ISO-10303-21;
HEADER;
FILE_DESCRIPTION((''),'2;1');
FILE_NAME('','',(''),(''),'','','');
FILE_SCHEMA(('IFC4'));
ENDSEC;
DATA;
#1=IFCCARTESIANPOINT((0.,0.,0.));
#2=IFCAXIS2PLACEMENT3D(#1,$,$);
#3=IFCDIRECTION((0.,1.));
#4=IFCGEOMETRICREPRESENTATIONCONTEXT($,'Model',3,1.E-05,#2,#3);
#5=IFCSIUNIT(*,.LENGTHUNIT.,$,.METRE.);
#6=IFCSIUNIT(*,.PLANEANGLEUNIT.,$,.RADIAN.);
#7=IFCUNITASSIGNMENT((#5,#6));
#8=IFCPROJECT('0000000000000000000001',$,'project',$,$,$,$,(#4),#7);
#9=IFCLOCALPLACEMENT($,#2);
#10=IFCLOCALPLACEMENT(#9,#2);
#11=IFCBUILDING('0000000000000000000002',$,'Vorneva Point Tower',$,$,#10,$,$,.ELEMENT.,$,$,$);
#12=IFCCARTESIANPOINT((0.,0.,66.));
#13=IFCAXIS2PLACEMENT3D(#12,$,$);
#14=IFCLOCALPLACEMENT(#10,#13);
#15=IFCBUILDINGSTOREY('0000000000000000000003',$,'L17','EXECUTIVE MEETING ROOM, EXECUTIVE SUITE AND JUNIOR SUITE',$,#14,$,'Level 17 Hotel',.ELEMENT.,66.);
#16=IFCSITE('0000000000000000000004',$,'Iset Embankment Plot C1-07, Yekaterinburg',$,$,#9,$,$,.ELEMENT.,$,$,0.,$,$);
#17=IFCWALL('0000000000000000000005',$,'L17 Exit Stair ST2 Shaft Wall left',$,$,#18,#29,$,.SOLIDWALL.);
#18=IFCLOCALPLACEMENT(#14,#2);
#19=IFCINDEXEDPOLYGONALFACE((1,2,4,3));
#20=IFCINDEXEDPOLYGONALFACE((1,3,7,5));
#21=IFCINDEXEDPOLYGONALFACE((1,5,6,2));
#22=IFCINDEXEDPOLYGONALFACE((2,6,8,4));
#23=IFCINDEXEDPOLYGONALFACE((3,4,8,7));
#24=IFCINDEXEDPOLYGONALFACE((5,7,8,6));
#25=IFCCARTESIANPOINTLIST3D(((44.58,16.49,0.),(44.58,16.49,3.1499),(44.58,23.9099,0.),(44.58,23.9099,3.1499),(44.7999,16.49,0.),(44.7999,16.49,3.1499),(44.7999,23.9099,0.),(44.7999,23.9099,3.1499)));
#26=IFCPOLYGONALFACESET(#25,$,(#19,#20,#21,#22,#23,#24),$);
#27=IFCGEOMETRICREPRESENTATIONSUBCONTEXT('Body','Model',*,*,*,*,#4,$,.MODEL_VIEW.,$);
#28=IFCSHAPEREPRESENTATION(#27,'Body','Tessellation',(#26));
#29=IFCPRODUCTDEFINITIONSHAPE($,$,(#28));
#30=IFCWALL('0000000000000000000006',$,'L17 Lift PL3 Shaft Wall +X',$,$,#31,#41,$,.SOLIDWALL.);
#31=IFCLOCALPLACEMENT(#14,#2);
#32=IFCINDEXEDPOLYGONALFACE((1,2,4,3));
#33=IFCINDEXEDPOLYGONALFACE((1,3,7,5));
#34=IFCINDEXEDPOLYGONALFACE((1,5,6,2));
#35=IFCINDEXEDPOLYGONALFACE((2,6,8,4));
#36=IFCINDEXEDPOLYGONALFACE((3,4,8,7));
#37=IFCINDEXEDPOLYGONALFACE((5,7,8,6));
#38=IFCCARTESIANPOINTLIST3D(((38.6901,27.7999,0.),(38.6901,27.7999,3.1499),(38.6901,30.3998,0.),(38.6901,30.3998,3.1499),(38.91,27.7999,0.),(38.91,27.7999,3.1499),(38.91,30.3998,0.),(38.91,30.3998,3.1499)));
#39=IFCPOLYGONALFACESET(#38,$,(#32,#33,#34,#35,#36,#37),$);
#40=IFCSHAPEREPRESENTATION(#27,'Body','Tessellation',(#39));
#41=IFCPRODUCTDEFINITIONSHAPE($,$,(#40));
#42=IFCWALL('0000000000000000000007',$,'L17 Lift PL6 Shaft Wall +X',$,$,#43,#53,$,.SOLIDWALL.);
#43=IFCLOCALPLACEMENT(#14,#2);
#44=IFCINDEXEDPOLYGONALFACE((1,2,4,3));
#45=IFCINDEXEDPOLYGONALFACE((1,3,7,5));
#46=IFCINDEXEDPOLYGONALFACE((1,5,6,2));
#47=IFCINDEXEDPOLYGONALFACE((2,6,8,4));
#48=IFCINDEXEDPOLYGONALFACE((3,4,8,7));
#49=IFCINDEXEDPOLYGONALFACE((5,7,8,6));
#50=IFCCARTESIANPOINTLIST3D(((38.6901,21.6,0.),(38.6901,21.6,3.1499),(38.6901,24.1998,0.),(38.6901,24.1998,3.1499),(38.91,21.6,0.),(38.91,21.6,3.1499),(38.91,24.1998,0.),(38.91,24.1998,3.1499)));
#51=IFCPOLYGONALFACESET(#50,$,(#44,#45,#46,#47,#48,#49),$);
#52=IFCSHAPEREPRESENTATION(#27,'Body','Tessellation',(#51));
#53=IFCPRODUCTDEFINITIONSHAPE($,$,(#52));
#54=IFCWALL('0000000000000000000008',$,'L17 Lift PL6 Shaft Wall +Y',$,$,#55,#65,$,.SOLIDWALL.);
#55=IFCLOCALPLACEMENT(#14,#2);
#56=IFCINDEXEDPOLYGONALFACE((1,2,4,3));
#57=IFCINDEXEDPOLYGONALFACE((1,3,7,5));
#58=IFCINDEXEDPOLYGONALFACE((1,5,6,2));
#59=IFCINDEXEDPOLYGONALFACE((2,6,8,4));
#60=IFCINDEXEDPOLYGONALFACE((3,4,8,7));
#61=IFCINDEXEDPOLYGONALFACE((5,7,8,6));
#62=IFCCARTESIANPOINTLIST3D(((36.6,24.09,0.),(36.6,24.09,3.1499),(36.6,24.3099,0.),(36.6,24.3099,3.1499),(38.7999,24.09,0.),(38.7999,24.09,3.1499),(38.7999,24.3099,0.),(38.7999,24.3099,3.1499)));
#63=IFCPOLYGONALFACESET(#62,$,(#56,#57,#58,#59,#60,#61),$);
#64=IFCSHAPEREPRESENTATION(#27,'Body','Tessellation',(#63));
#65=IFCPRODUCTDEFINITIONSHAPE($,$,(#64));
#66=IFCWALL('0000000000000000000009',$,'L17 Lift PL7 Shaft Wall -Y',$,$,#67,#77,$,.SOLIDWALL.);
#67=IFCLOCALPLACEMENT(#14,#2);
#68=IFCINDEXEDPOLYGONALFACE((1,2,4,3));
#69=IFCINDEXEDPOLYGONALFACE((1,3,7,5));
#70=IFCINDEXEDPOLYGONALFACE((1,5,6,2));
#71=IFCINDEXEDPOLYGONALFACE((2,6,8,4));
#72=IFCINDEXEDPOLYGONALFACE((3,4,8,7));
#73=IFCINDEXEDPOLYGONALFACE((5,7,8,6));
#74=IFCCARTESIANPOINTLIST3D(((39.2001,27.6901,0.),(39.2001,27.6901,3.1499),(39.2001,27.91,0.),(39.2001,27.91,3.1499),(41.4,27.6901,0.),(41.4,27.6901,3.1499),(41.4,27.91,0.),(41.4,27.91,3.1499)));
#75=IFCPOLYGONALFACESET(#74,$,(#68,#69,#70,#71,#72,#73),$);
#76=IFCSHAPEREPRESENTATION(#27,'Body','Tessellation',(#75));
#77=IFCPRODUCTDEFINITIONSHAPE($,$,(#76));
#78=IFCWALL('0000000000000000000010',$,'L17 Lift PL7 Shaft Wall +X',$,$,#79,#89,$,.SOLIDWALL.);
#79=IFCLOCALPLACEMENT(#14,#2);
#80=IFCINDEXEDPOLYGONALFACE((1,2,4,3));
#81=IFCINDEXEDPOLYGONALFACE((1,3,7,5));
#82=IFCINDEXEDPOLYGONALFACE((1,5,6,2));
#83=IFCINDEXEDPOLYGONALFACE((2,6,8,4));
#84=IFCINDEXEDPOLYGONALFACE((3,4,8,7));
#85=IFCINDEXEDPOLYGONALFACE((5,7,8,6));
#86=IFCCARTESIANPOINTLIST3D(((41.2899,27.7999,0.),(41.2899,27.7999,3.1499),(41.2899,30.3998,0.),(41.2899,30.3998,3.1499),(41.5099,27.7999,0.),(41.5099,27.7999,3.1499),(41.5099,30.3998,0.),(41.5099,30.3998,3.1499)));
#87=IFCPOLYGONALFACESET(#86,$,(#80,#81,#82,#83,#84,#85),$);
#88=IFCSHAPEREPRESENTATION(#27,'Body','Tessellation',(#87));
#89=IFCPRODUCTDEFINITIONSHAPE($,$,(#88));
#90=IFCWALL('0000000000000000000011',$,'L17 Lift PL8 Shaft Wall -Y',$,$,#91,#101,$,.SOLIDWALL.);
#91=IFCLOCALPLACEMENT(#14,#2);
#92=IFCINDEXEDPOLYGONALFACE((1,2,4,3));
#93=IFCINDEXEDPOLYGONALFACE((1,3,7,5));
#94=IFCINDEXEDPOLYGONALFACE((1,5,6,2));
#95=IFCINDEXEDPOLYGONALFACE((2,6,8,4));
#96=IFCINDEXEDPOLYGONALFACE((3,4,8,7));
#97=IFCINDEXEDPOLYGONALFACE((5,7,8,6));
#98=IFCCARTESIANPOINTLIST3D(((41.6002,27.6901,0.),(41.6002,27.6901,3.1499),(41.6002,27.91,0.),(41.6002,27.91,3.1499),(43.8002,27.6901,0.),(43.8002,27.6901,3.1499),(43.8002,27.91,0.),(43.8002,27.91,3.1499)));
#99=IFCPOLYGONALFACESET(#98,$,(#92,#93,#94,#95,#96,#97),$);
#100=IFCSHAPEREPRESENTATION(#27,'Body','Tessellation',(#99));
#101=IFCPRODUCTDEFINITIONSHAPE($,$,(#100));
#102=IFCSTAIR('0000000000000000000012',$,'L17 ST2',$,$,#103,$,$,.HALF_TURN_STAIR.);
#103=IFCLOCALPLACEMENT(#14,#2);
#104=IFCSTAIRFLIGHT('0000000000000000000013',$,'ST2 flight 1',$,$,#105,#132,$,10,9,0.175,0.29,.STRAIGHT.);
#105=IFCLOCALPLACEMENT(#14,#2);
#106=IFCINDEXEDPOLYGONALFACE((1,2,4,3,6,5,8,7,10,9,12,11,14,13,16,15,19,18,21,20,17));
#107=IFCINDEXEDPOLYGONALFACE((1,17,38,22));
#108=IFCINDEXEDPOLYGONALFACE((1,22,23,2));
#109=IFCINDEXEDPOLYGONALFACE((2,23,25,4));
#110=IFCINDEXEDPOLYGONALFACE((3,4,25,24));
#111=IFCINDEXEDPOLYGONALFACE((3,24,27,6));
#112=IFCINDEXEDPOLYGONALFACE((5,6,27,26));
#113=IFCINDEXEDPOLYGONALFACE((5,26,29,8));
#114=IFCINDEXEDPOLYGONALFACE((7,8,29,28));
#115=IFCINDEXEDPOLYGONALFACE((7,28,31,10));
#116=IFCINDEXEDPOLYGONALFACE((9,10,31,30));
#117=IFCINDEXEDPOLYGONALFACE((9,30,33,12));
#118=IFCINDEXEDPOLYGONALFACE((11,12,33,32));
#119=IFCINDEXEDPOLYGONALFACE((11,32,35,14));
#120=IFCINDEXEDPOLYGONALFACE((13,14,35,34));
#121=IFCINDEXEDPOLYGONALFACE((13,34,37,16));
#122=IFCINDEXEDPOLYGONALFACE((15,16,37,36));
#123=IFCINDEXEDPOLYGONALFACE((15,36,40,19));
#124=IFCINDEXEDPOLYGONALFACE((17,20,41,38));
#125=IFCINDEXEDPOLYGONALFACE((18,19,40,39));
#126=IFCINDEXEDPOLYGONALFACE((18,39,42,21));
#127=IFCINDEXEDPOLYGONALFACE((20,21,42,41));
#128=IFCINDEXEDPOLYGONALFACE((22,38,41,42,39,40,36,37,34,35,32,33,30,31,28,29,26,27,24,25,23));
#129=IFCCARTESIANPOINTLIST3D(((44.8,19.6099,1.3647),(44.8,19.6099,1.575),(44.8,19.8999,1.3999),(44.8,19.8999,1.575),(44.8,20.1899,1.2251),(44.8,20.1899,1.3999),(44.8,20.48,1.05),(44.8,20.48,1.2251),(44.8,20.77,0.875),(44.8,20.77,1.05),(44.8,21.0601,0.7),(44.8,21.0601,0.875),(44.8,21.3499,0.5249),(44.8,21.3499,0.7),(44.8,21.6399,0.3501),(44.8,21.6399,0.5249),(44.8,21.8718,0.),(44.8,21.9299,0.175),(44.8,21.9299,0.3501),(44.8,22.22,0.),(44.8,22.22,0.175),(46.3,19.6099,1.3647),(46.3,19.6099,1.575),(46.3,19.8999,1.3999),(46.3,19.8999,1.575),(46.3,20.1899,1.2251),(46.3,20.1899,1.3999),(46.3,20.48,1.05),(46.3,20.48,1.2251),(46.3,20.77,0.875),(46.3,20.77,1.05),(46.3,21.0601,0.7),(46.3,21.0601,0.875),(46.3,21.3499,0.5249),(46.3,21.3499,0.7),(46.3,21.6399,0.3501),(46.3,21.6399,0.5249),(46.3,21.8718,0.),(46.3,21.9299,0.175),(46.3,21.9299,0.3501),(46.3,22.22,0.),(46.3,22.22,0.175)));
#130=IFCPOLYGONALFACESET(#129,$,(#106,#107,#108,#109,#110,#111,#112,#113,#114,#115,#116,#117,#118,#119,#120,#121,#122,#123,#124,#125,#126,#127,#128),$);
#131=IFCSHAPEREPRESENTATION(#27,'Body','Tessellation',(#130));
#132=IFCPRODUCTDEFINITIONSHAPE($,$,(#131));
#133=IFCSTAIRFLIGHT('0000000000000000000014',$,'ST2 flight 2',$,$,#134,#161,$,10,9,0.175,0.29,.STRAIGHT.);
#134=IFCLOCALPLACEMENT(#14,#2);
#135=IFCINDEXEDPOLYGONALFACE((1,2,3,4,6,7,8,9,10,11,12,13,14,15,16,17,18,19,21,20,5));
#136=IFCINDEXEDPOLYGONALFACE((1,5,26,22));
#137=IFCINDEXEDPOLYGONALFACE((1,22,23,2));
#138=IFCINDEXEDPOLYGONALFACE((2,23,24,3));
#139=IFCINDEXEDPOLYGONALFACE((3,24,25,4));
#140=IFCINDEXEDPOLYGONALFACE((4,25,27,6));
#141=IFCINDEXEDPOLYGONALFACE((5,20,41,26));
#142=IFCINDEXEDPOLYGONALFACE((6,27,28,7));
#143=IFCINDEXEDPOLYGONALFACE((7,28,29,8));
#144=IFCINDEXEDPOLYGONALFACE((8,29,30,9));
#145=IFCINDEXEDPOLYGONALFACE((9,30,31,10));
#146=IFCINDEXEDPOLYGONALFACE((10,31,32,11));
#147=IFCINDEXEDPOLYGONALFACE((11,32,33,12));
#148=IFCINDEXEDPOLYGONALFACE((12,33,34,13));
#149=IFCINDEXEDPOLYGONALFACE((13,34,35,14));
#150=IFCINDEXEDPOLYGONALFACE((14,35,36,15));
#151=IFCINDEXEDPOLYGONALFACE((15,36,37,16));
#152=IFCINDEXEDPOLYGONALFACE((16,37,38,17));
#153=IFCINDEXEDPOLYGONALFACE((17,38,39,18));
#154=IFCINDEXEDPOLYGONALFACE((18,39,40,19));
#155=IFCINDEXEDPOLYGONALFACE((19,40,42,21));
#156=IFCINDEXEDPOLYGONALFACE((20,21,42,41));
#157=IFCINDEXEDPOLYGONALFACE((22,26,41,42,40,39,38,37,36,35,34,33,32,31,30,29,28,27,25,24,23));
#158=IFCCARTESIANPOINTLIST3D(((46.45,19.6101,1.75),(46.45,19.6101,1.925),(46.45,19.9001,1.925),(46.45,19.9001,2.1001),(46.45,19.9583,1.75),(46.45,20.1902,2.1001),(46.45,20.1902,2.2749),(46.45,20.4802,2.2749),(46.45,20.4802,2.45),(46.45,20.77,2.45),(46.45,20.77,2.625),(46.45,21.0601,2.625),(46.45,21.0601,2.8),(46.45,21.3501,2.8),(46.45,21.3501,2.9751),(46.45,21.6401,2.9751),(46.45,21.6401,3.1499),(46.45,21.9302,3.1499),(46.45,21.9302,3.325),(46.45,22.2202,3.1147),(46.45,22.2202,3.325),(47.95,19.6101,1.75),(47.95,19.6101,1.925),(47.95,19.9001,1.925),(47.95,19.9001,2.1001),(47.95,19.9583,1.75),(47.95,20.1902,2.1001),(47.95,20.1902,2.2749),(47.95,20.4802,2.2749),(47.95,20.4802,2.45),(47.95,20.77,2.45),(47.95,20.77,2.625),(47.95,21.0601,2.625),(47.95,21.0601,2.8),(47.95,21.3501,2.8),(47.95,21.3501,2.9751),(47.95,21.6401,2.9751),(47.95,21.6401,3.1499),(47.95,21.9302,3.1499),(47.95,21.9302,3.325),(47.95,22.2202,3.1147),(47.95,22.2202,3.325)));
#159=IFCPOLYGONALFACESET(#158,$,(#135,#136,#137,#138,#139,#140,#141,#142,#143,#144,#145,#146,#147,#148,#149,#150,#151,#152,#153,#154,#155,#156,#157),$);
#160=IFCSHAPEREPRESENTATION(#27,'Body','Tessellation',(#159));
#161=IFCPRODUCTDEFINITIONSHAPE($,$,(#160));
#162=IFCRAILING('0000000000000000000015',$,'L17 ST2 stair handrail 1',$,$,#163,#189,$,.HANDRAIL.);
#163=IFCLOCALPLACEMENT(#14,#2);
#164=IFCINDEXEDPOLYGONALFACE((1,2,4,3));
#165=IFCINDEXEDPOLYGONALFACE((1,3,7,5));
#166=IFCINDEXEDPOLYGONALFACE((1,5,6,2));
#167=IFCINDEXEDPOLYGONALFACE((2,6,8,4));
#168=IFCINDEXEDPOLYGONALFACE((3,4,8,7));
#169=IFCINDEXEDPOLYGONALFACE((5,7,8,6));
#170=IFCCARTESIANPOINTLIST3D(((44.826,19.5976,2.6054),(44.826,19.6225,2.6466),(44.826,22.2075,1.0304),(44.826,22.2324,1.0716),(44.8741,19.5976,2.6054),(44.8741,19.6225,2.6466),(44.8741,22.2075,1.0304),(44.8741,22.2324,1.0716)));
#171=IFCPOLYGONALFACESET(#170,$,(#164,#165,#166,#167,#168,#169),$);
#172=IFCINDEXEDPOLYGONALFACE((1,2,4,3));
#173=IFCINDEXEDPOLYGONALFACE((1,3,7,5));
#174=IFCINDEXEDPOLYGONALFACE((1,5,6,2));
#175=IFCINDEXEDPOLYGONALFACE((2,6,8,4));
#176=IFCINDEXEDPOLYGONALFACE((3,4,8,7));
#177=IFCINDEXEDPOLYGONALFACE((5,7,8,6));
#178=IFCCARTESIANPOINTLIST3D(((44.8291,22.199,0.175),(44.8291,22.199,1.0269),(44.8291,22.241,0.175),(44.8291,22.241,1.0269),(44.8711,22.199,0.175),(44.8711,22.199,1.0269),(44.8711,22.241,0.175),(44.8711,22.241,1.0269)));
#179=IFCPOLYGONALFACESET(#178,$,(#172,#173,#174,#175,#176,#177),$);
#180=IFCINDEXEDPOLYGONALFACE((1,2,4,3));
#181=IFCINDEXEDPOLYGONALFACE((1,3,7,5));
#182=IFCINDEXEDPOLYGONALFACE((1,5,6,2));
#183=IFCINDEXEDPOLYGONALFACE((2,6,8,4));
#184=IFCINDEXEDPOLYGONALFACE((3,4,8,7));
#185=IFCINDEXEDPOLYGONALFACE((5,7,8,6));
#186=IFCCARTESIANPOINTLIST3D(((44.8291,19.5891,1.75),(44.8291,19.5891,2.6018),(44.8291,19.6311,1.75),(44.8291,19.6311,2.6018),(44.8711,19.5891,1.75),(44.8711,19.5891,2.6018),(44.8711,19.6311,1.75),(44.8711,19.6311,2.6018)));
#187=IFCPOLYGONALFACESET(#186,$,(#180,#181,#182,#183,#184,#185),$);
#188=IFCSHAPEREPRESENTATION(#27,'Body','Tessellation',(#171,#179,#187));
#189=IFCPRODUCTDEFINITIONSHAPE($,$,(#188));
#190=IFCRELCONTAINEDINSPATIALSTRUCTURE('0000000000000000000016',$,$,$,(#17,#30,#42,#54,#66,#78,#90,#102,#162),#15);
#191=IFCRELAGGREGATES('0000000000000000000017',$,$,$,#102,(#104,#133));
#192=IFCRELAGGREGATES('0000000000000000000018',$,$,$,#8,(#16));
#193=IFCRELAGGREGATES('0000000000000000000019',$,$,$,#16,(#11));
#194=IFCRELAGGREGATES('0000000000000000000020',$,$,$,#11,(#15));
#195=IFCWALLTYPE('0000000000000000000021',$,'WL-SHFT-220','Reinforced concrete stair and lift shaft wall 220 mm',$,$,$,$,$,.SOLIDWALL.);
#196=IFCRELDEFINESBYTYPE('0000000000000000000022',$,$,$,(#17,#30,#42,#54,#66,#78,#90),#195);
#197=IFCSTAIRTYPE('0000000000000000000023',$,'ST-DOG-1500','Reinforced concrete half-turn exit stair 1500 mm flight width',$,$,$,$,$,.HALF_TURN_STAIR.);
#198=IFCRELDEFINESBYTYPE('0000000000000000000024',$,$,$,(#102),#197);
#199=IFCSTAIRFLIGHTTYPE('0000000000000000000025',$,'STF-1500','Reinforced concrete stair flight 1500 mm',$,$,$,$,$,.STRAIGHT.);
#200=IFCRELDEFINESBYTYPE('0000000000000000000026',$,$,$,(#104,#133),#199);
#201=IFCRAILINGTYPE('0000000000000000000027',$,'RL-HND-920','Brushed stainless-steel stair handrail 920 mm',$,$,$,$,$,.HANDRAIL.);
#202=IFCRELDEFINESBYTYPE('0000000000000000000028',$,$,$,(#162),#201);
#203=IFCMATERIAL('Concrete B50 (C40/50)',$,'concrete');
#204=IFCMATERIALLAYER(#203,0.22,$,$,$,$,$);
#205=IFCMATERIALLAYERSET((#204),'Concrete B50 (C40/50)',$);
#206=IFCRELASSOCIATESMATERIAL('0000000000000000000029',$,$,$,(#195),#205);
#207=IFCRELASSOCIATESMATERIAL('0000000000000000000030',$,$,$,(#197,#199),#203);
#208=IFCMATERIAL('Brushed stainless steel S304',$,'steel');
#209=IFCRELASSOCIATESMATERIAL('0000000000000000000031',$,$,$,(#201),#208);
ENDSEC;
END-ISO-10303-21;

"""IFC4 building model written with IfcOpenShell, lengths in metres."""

from ifc_helpers import new_model, si_unit, direction, frame, frame_2d, origin, origin_2d, place, context, subcontext, project, spatial, polyline, rectangle, outline, extrude, material, layer, layer_set, type_object, element, aggregate, save


model = new_model("IFC4")

# Units and contexts
model_context = context("Model", 3, precision=1e-05, world=origin(), true_north=direction((0.0, 1.0)))
body_context = subcontext(model_context, "Body", "Model", "MODEL_VIEW")
ifc_project = project(units=[si_unit("LENGTHUNIT", "METRE"), si_unit("PLANEANGLEUNIT", "RADIAN")], contexts=[model_context])

# Site, building, storey
site_placement = place(None, origin())
site = spatial("IfcSite", under=ifc_project, at=site_placement, Name="Iset Embankment Plot C1-07, Yekaterinburg", CompositionType="ELEMENT", RefElevation=0.0)
building_placement = place(site_placement, origin())
building = spatial("IfcBuilding", under=site, at=building_placement, Name="Vorneva Point Tower", CompositionType="ELEMENT")
storey_placement = place(building_placement, frame((0.0, 0.0, 66.0)))
storey = spatial("IfcBuildingStorey", under=building, at=storey_placement, Name="L17", Description="EXECUTIVE MEETING ROOM, EXECUTIVE SUITE AND JUNIOR SUITE", LongName="Level 17 Hotel", CompositionType="ELEMENT", Elevation=66.0)

# Shared definitions
ifc_material_1 = material(Name="Concrete B50 (C40/50)", Category="concrete")
ifc_layer_1 = layer(ifc_material_1, 0.22)
ifc_layer_set_1 = layer_set([ifc_layer_1], Name="Concrete B50 (C40/50)")
wall_type_1 = type_object("IfcWallType", Name="WL-SHFT-220", Description="Reinforced concrete stair and lift shaft wall 220 mm", PredefinedType="SOLIDWALL", material=ifc_layer_set_1)

# Walls
wall_1_placement = place(storey_placement, frame((44.6899, 16.49, 0.0), z_axis=(0.0, 0.0, 1.0), x_axis=(0.0, 1.0, 0.0)))
element("IfcWall", 1, at=wall_1_placement, inside=storey, type_object=wall_type_1, Name="L17 Exit Stair ST2 Shaft Wall left", PredefinedType="SOLIDWALL", context=body_context, shape_type="SweptSolid", body=[
    extrude(rectangle(XDim=7.4199, YDim=0.22, at=frame_2d((3.71, 0.0))), origin(), (0.0, 0.0, 1.0), 3.1499),
])
for number, where, z_axis, x_axis, name in (
    (2, (38.8, 27.8, 0.0), (0.0, 0.0, 1.0), (0.0, 1.0, 0.0), "L17 Lift PL3 Shaft Wall +X"),
    (3, (38.8, 21.6001, 0.0), (0.0, 0.0, 1.0), (0.0, 1.0, 0.0), "L17 Lift PL6 Shaft Wall +X"),
):
    element("IfcWall", number, at=place(storey_placement, frame(where, z_axis=z_axis, x_axis=x_axis)), inside=storey, type_object=wall_type_1, Name=name, PredefinedType="SOLIDWALL", context=body_context, shape_type="SweptSolid", body=[
        extrude(rectangle(XDim=2.5999, YDim=0.22, at=frame_2d((1.2998, 0.0))), origin(), (0.0, 0.0, 1.0), 3.1499),
    ])
for number, where, z_axis, x_axis, name in (
    (4, (38.8, 24.2, 0.0), (0.0, 0.0, 1.0), (-1.0, 0.0, 0.0), "L17 Lift PL6 Shaft Wall +Y"),
    (5, (39.2, 27.8, 0.0), (0.0, 0.0, 1.0), (1.0, 0.0, 0.0), "L17 Lift PL7 Shaft Wall -Y"),
):
    element("IfcWall", number, at=place(storey_placement, frame(where, z_axis=z_axis, x_axis=x_axis)), inside=storey, type_object=wall_type_1, Name=name, PredefinedType="SOLIDWALL", context=body_context, shape_type="SweptSolid", body=[
        extrude(rectangle(XDim=2.2, YDim=0.22, at=frame_2d((1.1001, 0.0))), origin(), (0.0, 0.0, 1.0), 3.1499),
    ])
wall_2_placement = place(storey_placement, frame((41.3999, 27.8, 0.0), z_axis=(0.0, 0.0, 1.0), x_axis=(0.0, 1.0, 0.0)))
element("IfcWall", 6, at=wall_2_placement, inside=storey, type_object=wall_type_1, Name="L17 Lift PL7 Shaft Wall +X", PredefinedType="SOLIDWALL", context=body_context, shape_type="SweptSolid", body=[
    extrude(rectangle(XDim=2.5999, YDim=0.22, at=frame_2d((1.2998, 0.0))), origin(), (0.0, 0.0, 1.0), 3.1499),
])
wall_3_placement = place(storey_placement, frame((41.6001, 27.8, 0.0), z_axis=(0.0, 0.0, 1.0), x_axis=(1.0, 0.0, 0.0)))
element("IfcWall", 7, at=wall_3_placement, inside=storey, type_object=wall_type_1, Name="L17 Lift PL8 Shaft Wall -Y", PredefinedType="SOLIDWALL", context=body_context, shape_type="SweptSolid", body=[
    extrude(rectangle(XDim=2.2, YDim=0.22, at=frame_2d((1.1001, 0.0))), origin(), (0.0, 0.0, 1.0), 3.1499),
])

# Stair, stair flights
stair_type = type_object("IfcStairType", Name="ST-DOG-1500", Description="Reinforced concrete half-turn exit stair 1500 mm flight width", PredefinedType="HALF_TURN_STAIR", material=ifc_material_1)
stair_placement = place(storey_placement, origin())
stair = element("IfcStair", 8, at=stair_placement, inside=storey, type_object=stair_type, Name="L17 ST2", PredefinedType="HALF_TURN_STAIR")
stair_flight_type = type_object("IfcStairFlightType", Name="STF-1500", Description="Reinforced concrete stair flight 1500 mm", PredefinedType="STRAIGHT", material=ifc_material_1)
stair_flight_1_placement = place(storey_placement, frame((45.55, 22.22, 0.0), z_axis=(0.0, 0.0, 1.0), x_axis=(0.0, -1.0, 0.0)))
stair_flight_1 = element("IfcStairFlight", 9, at=stair_flight_1_placement, type_object=stair_flight_type, Name="ST2 flight 1", NumberOfRisers=10, NumberOfTreads=9, PredefinedType="STRAIGHT", RiserHeight=0.175, TreadLength=0.29, context=body_context, shape_type="SweptSolid", body=[
    extrude(outline(polyline([(0.0, 0.0), (0.0, 0.175), (0.29, 0.175), (0.29, 0.3501), (0.5801, 0.3501), (0.5801, 0.5249), (0.8701, 0.5249), (0.8701, 0.7), (1.1599, 0.7), (1.1599, 0.875), (1.45, 0.875), (1.45, 1.05), (1.74, 1.05), (1.74, 1.2251), (2.03, 1.2251), (2.03, 1.3999), (2.3201, 1.3999), (2.3201, 1.575), (2.6101, 1.575), (2.6101, 1.75), (2.6101, 1.3647), (0.3481, 0.0), (0.0, 0.0)])), frame((0.0, 0.75, 0.0), z_axis=(0.0, -1.0, 0.0), x_axis=(1.0, 0.0, 0.0)), (0.0, 0.0, 1.0), 1.5),
])
stair_flight_2_placement = place(storey_placement, frame((47.2, 19.6101, 1.75), z_axis=(0.0, 0.0, 1.0), x_axis=(0.0, 1.0, 0.0)))
stair_flight_2 = element("IfcStairFlight", 10, at=stair_flight_2_placement, type_object=stair_flight_type, Name="ST2 flight 2", NumberOfRisers=10, NumberOfTreads=9, PredefinedType="STRAIGHT", RiserHeight=0.175, TreadLength=0.29, context=body_context, shape_type="SweptSolid", body=[
    extrude(outline(polyline([(0.0, 0.0), (0.0, 0.175), (0.29, 0.175), (0.29, 0.3501), (0.5801, 0.3501), (0.5801, 0.5249), (0.8701, 0.5249), (0.8701, 0.7), (1.1599, 0.7), (1.1599, 0.875), (1.45, 0.875), (1.45, 1.05), (1.74, 1.05), (1.74, 1.2251), (2.03, 1.2251), (2.03, 1.3999), (2.3201, 1.3999), (2.3201, 1.575), (2.6101, 1.575), (2.6101, 1.75), (2.6101, 1.3647), (0.3481, 0.0), (0.0, 0.0)])), frame((0.0, 0.75, 0.0), z_axis=(0.0, -1.0, 0.0), x_axis=(1.0, 0.0, 0.0)), (0.0, 0.0, 1.0), 1.5),
])
aggregate(stair, [stair_flight_1, stair_flight_2])

# Railing
ifc_material_2 = material(Name="Brushed stainless steel S304", Category="steel")
railing_type_1 = type_object("IfcRailingType", Name="RL-HND-920", Description="Brushed stainless-steel stair handrail 920 mm", PredefinedType="HANDRAIL", material=ifc_material_2)
railing_1_placement = place(storey_placement, frame((44.8501, 22.22, 0.175)))
element("IfcRailing", 11, at=railing_1_placement, inside=storey, type_object=railing_type_1, Name="L17 ST2 stair handrail 1", PredefinedType="HANDRAIL", context=body_context, shape_type="SweptSolid", body=[
    extrude(rectangle(XDim=0.0481, YDim=0.0481, at=origin_2d()), frame((0.0, 0.0, 0.876), z_axis=(0.0, -0.856183, 0.516673), x_axis=(1.0, 0.0, 0.0)), (0.0, 0.0, 1.0), 3.0483),
    extrude(rectangle(XDim=0.042, YDim=0.042, at=origin_2d()), origin(), (0.0, 0.0, 1.0), 0.8518),
    extrude(rectangle(XDim=0.042, YDim=0.042, at=origin_2d()), frame((0.0, -2.6099, 1.575)), (0.0, 0.0, 1.0), 0.8518),
])

save(model, "model.ifc")
